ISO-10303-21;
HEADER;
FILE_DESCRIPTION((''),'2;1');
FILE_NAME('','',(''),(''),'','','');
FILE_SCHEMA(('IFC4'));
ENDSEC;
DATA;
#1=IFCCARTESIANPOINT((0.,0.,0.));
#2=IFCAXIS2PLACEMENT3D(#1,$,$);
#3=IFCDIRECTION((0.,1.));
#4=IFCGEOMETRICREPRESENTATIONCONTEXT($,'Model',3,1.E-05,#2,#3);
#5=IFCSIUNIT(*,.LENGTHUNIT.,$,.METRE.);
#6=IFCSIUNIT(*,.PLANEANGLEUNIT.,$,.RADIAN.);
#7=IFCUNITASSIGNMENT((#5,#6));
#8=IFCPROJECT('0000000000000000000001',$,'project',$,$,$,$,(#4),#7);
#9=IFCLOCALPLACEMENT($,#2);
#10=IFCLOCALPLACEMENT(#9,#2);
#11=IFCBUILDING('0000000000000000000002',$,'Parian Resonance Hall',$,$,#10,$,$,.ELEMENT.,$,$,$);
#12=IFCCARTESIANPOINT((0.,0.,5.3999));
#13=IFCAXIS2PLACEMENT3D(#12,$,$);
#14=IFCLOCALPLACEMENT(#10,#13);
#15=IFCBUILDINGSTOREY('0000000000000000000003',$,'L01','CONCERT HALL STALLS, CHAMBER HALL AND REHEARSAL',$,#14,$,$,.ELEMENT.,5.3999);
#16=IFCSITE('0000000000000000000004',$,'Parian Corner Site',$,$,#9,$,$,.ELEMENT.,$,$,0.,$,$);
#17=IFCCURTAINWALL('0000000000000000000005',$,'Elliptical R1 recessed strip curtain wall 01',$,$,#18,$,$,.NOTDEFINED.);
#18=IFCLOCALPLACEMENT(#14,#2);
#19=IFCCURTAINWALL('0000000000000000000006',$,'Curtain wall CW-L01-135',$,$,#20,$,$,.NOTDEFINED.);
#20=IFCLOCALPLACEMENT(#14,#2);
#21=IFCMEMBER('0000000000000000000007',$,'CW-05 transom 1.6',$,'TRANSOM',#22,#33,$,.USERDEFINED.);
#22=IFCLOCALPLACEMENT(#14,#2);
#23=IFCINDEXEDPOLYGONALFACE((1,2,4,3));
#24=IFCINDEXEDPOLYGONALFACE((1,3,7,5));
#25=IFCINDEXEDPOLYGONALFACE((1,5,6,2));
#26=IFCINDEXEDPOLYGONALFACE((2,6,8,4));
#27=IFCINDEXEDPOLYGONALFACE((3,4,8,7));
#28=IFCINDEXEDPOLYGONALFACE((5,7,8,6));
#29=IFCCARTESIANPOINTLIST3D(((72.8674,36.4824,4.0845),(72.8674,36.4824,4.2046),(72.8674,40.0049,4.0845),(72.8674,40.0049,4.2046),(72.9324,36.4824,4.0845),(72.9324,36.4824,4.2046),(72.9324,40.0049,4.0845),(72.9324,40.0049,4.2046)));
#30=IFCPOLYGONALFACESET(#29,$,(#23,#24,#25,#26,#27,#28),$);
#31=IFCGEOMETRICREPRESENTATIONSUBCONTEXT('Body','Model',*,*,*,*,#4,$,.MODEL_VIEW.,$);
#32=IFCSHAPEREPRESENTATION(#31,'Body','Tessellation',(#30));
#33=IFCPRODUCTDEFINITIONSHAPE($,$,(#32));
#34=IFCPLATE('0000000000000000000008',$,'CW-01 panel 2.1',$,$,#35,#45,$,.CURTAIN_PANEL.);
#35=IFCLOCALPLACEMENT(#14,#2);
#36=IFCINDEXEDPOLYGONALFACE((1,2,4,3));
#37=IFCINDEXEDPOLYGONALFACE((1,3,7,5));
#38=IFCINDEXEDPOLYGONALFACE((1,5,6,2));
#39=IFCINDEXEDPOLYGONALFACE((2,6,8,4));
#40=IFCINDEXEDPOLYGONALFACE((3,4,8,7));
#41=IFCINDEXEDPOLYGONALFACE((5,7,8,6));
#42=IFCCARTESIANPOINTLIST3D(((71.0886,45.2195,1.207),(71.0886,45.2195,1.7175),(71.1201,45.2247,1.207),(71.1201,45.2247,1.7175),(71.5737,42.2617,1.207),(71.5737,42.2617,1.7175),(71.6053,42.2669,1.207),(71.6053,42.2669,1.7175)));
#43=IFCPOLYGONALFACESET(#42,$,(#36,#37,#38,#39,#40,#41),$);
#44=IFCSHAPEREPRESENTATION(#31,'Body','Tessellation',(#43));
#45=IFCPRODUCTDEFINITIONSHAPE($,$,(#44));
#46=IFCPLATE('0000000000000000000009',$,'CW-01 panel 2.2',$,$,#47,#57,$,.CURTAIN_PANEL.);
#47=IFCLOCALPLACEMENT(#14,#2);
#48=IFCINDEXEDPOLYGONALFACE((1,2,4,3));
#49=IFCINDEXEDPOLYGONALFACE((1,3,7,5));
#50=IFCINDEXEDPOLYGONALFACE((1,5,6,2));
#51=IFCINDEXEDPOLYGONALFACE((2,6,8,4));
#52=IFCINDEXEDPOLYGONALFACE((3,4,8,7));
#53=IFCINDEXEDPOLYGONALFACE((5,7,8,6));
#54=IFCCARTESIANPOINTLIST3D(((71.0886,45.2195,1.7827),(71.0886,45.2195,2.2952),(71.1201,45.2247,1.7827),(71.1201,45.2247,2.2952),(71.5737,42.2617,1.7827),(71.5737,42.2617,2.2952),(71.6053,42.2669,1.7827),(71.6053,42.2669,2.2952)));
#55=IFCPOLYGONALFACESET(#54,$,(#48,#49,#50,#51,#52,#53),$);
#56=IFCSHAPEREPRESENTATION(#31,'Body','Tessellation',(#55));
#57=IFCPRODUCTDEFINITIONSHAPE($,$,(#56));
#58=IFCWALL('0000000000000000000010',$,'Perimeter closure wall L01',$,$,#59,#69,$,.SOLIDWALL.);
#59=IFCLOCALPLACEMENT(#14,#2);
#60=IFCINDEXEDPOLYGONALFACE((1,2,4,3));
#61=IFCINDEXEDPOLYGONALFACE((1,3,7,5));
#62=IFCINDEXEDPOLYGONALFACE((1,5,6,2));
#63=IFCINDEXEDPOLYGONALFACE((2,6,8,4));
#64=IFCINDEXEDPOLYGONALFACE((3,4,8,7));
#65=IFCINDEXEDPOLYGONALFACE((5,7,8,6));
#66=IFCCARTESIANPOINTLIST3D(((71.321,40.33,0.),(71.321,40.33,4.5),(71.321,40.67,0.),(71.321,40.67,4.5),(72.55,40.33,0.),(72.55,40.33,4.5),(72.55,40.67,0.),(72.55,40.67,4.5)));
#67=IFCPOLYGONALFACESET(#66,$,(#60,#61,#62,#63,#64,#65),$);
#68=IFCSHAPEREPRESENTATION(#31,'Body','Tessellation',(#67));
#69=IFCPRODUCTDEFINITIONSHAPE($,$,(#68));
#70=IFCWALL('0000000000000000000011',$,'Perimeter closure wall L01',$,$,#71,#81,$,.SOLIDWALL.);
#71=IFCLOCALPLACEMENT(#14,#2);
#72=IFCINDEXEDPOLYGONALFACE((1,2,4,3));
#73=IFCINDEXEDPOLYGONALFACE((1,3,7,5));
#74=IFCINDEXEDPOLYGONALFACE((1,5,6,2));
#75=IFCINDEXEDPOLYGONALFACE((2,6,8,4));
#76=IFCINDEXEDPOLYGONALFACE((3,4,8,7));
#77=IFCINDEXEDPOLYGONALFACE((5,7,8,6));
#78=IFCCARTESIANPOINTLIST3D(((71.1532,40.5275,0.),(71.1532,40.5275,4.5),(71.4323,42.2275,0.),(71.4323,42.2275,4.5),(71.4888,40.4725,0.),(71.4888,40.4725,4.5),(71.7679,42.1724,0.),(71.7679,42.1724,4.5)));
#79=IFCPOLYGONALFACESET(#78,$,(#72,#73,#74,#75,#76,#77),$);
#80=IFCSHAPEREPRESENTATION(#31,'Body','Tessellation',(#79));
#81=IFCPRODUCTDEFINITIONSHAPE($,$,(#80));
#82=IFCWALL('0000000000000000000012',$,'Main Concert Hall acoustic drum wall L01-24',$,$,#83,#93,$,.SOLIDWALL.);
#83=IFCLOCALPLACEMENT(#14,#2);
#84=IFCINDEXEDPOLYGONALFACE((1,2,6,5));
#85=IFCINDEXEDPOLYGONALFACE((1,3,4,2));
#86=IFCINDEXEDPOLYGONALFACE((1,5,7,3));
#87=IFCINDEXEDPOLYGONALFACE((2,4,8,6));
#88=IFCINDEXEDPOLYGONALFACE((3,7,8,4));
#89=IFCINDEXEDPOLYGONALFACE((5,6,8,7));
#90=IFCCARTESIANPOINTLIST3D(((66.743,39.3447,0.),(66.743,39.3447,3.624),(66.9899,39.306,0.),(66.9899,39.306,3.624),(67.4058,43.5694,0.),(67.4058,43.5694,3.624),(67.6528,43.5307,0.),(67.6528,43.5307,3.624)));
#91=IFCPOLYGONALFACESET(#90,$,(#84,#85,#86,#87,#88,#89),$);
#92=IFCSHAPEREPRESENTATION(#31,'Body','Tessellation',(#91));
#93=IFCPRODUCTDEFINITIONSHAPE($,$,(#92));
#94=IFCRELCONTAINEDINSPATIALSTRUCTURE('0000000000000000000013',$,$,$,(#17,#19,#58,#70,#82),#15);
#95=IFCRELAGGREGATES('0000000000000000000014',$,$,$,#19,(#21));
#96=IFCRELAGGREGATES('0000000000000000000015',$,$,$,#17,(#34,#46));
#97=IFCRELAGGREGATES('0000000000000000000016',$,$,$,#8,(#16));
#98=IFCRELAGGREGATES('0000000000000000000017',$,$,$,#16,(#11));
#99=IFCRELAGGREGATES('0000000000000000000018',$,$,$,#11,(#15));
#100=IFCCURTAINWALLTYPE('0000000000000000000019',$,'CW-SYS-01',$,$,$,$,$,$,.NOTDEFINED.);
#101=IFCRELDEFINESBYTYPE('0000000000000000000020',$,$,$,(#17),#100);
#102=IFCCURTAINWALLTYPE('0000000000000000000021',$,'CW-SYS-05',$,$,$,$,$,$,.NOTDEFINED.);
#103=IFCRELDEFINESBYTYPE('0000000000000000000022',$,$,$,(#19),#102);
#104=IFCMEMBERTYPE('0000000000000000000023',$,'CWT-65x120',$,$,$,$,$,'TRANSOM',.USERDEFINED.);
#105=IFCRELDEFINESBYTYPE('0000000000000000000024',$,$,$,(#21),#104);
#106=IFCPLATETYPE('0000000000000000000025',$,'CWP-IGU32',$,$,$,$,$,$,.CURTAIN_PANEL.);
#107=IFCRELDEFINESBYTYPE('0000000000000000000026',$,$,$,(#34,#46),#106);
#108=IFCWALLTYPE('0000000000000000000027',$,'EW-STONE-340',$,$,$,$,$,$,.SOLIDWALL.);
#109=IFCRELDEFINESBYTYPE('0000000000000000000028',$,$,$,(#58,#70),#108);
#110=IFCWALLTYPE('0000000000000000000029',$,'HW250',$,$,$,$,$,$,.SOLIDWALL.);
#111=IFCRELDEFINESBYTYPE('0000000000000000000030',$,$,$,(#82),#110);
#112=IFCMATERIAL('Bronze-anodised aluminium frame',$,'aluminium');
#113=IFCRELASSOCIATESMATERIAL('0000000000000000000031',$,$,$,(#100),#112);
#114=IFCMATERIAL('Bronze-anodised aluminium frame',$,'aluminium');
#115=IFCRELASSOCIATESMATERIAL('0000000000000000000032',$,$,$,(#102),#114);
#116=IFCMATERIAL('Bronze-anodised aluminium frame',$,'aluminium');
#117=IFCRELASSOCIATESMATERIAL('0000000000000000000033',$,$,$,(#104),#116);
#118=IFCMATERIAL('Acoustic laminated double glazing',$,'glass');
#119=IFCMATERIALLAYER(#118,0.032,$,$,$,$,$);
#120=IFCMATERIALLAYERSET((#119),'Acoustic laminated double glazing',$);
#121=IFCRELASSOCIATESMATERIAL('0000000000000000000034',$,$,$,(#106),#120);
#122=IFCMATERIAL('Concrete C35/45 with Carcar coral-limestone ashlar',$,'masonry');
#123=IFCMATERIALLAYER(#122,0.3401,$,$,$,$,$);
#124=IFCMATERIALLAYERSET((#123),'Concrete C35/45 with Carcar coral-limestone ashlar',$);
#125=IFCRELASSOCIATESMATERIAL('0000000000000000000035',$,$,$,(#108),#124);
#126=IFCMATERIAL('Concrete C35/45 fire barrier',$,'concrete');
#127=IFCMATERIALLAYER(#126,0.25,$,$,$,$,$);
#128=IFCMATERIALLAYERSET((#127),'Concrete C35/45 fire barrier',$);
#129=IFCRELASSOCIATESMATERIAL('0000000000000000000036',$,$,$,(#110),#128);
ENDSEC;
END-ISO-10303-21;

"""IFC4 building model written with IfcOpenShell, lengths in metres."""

from ifc_helpers import new_model, si_unit, direction, frame, frame_2d, origin, origin_2d, place, context, subcontext, project, spatial, rectangle, extrude, material, layer, layer_set, material_profile, profile_set, type_object, element, aggregate, save


model = new_model("IFC4")

# Units and contexts
model_context = context("Model", 3, precision=1e-05, world=origin(), true_north=direction((0.0, 1.0)))
body_context = subcontext(model_context, "Body", "Model", "MODEL_VIEW")
ifc_project = project(units=[si_unit("LENGTHUNIT", "METRE"), si_unit("PLANEANGLEUNIT", "RADIAN")], contexts=[model_context])

# Site, building, storey
site_placement = place(None, origin())
site = spatial("IfcSite", under=ifc_project, at=site_placement, Name="Parian Corner Site", CompositionType="ELEMENT", RefElevation=0.0)
building_placement = place(site_placement, origin())
building = spatial("IfcBuilding", under=site, at=building_placement, Name="Parian Resonance Hall", CompositionType="ELEMENT")
storey_placement = place(building_placement, frame((0.0, 0.0, 5.3999)))
storey = spatial("IfcBuildingStorey", under=building, at=storey_placement, Name="L01", Description="CONCERT HALL STALLS, CHAMBER HALL AND REHEARSAL", CompositionType="ELEMENT", Elevation=5.3999)

# Curtain walls
ifc_material_1 = material(Name="Bronze-anodised aluminium frame", Category="aluminium")
curtain_wall_type_1 = type_object("IfcCurtainWallType", Name="CW-SYS-01", PredefinedType="NOTDEFINED", material=ifc_material_1)
curtain_wall_1_placement = place(storey_placement, origin())
curtain_wall_1 = element("IfcCurtainWall", 1, at=curtain_wall_1_placement, inside=storey, type_object=curtain_wall_type_1, Name="Elliptical R1 recessed strip curtain wall 01", PredefinedType="NOTDEFINED")
ifc_material_2 = material(Name="Bronze-anodised aluminium frame", Category="aluminium")
curtain_wall_type_2 = type_object("IfcCurtainWallType", Name="CW-SYS-05", PredefinedType="NOTDEFINED", material=ifc_material_2)
curtain_wall_2_placement = place(storey_placement, origin())
curtain_wall_2 = element("IfcCurtainWall", 2, at=curtain_wall_2_placement, inside=storey, type_object=curtain_wall_type_2, Name="Curtain wall CW-L01-135", PredefinedType="NOTDEFINED")

# Member
ifc_material_3 = material(Name="Bronze-anodised aluminium frame", Category="aluminium")
ifc_material_profile_1 = material_profile(ifc_material_3, rectangle(XDim=0.0649, YDim=0.1201, at=origin_2d()), Name="CWT-65x120")
ifc_profile_set_1 = profile_set([ifc_material_profile_1], Name="Bronze-anodised aluminium frame")
member_type_1 = type_object("IfcMemberType", Name="CWT-65x120", ElementType="TRANSOM", PredefinedType="USERDEFINED", material=ifc_profile_set_1)
member_1_placement = place(storey_placement, frame((72.8999, 40.0049, 4.1445), z_axis=(0.0, -1.0, 0.0), x_axis=(1.0, 0.0, 0.0)))
member_1 = element("IfcMember", 3, at=member_1_placement, type_object=member_type_1, Name="CW-05 transom 1.6", ObjectType="TRANSOM", PredefinedType="USERDEFINED", context=body_context, shape_type="SweptSolid", body=[
    extrude(rectangle(XDim=0.0649, YDim=0.1201, at=origin_2d()), origin(), (0.0, 0.0, 1.0), 3.5225),
])
aggregate(curtain_wall_2, [member_1])

# Plates
ifc_material_4 = material(Name="Acoustic laminated double glazing", Category="glass")
ifc_layer_1 = layer(ifc_material_4, 0.032)
ifc_layer_set_1 = layer_set([ifc_layer_1], Name="Acoustic laminated double glazing")
plate_type = type_object("IfcPlateType", Name="CWP-IGU32", PredefinedType="CURTAIN_PANEL", material=ifc_layer_set_1)
plate_1_placement = place(storey_placement, frame((71.3469, 43.7432, 1.207), z_axis=(0.0, 0.0, 1.0), x_axis=(0.161849, -0.986815, 0.0)))
plate_1 = element("IfcPlate", 4, at=plate_1_placement, type_object=plate_type, Name="CW-01 panel 2.1", PredefinedType="CURTAIN_PANEL", context=body_context, shape_type="SweptSolid", body=[
    extrude(rectangle(XDim=2.9973, YDim=0.032, at=origin_2d()), origin(), (0.0, 0.0, 1.0), 0.5105),
])
plate_2_placement = place(storey_placement, frame((71.3469, 43.7432, 1.7827), z_axis=(0.0, 0.0, 1.0), x_axis=(0.161849, -0.986815, 0.0)))
plate_2 = element("IfcPlate", 5, at=plate_2_placement, type_object=plate_type, Name="CW-01 panel 2.2", PredefinedType="CURTAIN_PANEL", context=body_context, shape_type="SweptSolid", body=[
    extrude(rectangle(XDim=2.9973, YDim=0.032, at=origin_2d()), origin(), (0.0, 0.0, 1.0), 0.5125),
])
aggregate(curtain_wall_1, [plate_1, plate_2])

# Walls
ifc_material_5 = material(Name="Concrete C35/45 with Carcar coral-limestone ashlar", Category="masonry")
ifc_layer_2 = layer(ifc_material_5, 0.3401)
ifc_layer_set_2 = layer_set([ifc_layer_2], Name="Concrete C35/45 with Carcar coral-limestone ashlar")
wall_type_1 = type_object("IfcWallType", Name="EW-STONE-340", PredefinedType="SOLIDWALL", material=ifc_layer_set_2)
wall_1_placement = place(storey_placement, frame((72.55, 40.5, 0.0), z_axis=(0.0, 0.0, 1.0), x_axis=(-1.0, 0.0, 0.0)))
element("IfcWall", 6, at=wall_1_placement, inside=storey, type_object=wall_type_1, Name="Perimeter closure wall L01", PredefinedType="SOLIDWALL", context=body_context, shape_type="SweptSolid", body=[
    extrude(rectangle(XDim=1.229, YDim=0.3401, at=frame_2d((0.6145, 0.0))), origin(), (0.0, 0.0, 1.0), 4.5),
])
wall_2_placement = place(storey_placement, frame((71.321, 40.5, 0.0), z_axis=(0.0, 0.0, 1.0), x_axis=(0.161985, 0.986793, 0.0)))
element("IfcWall", 7, at=wall_2_placement, inside=storey, type_object=wall_type_1, Name="Perimeter closure wall L01", PredefinedType="SOLIDWALL", context=body_context, shape_type="SweptSolid", body=[
    extrude(rectangle(XDim=1.7227, YDim=0.3401, at=frame_2d((0.8613, 0.0))), origin(), (0.0, 0.0, 1.0), 4.5),
])
ifc_material_6 = material(Name="Concrete C35/45 fire barrier", Category="concrete")
ifc_layer_3 = layer(ifc_material_6, 0.25)
ifc_layer_set_3 = layer_set([ifc_layer_3], Name="Concrete C35/45 fire barrier")
wall_type_2 = type_object("IfcWallType", Name="HW250", PredefinedType="SOLIDWALL", material=ifc_layer_set_3)
wall_3_placement = place(storey_placement, frame((67.5293, 43.55, 0.0), z_axis=(0.0, 0.0, 1.0), x_axis=(-0.155004, -0.987914, 0.0)))
element("IfcWall", 8, at=wall_3_placement, inside=storey, type_object=wall_type_2, Name="Main Concert Hall acoustic drum wall L01-24", PredefinedType="SOLIDWALL", context=body_context, shape_type="SweptSolid", body=[
    extrude(rectangle(XDim=4.2764, YDim=0.25, at=frame_2d((2.1382, 0.0))), origin(), (0.0, 0.0, 1.0), 3.624),
])

save(model, "model.ifc")
